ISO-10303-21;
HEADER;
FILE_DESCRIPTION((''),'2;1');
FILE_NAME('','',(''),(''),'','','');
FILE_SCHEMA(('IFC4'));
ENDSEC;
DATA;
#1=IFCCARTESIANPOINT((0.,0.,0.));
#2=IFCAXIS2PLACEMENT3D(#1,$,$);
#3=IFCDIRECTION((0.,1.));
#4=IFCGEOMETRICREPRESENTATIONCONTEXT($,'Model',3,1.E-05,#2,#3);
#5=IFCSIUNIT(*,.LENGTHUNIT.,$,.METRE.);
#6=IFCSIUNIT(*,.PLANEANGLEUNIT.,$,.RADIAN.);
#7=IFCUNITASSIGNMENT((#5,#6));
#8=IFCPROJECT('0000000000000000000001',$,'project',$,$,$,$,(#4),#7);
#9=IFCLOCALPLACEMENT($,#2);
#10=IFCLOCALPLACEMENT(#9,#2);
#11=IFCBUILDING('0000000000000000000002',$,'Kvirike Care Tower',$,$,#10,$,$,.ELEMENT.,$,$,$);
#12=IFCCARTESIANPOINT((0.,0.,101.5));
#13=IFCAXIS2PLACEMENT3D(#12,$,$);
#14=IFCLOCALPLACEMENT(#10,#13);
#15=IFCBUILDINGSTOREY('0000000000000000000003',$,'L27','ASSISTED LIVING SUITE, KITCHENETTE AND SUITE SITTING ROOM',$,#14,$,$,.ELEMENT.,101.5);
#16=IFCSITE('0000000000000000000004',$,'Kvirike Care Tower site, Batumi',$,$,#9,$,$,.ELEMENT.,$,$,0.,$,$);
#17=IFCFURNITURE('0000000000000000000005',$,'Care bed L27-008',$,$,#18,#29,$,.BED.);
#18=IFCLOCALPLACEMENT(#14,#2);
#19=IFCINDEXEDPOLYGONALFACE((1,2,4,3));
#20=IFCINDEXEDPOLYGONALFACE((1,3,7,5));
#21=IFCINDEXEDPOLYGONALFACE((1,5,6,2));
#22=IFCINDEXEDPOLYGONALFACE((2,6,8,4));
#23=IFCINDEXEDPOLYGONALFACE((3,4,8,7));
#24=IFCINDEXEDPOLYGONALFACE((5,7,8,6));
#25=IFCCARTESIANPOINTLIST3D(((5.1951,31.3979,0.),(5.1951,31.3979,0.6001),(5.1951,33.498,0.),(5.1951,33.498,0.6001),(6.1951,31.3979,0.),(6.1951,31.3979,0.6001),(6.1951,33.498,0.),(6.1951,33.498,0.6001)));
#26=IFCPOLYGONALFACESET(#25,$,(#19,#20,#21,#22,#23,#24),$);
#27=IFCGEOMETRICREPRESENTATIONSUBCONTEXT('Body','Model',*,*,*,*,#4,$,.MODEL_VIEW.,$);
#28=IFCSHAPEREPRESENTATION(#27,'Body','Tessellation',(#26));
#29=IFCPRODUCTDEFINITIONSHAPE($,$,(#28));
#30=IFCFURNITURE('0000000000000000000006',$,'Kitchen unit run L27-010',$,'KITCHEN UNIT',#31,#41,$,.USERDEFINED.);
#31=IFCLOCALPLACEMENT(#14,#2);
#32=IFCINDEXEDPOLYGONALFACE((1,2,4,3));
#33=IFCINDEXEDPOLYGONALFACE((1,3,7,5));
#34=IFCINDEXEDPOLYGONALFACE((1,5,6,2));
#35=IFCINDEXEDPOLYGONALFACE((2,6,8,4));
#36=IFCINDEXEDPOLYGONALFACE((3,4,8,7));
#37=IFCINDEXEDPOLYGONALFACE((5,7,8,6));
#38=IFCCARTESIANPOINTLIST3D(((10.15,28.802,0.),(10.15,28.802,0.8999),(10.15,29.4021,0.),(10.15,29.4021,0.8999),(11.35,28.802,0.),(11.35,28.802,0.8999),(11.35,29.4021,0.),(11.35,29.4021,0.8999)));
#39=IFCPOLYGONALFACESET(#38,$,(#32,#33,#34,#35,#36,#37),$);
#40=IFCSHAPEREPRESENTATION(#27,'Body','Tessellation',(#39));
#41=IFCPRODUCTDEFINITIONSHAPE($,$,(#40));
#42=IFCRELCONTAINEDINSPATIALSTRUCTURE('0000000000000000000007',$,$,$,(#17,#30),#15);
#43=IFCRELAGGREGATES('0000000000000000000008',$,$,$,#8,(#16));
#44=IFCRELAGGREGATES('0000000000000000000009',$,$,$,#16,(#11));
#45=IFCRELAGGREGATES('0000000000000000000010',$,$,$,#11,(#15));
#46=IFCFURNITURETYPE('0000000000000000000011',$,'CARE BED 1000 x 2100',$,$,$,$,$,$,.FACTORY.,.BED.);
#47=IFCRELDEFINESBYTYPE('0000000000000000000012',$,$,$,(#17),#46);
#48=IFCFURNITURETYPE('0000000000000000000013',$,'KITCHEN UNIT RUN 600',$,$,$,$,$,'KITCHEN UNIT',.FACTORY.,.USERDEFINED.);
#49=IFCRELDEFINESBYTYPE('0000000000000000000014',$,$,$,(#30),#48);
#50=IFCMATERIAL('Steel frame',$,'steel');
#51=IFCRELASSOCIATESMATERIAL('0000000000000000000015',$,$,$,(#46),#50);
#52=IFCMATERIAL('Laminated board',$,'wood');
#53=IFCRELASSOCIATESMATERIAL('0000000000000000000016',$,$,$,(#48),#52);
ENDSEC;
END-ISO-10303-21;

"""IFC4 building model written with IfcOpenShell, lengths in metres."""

from ifc_helpers import new_model, si_unit, direction, frame, origin, origin_2d, place, context, subcontext, project, spatial, rectangle, extrude, material, type_object, element, save


model = new_model("IFC4")

# Units and contexts
model_context = context("Model", 3, precision=1e-05, world=origin(), true_north=direction((0.0, 1.0)))
body_context = subcontext(model_context, "Body", "Model", "MODEL_VIEW")
ifc_project = project(units=[si_unit("LENGTHUNIT", "METRE"), si_unit("PLANEANGLEUNIT", "RADIAN")], contexts=[model_context])

# Site, building, storey
site_placement = place(None, origin())
site = spatial("IfcSite", under=ifc_project, at=site_placement, Name="Kvirike Care Tower site, Batumi", CompositionType="ELEMENT", RefElevation=0.0)
building_placement = place(site_placement, origin())
building = spatial("IfcBuilding", under=site, at=building_placement, Name="Kvirike Care Tower", CompositionType="ELEMENT")
storey_placement = place(building_placement, frame((0.0, 0.0, 101.5)))
storey = spatial("IfcBuildingStorey", under=building, at=storey_placement, Name="L27", Description="ASSISTED LIVING SUITE, KITCHENETTE AND SUITE SITTING ROOM", CompositionType="ELEMENT", Elevation=101.5)

# Furniture
ifc_material_1 = material(Name="Steel frame", Category="steel")
furniture_type_1 = type_object("IfcFurnitureType", Name="CARE BED 1000 x 2100", AssemblyPlace="FACTORY", PredefinedType="BED", material=ifc_material_1)
furniture_1_placement = place(storey_placement, frame((5.6951, 32.448, 0.0), z_axis=(0.0, 0.0, 1.0), x_axis=(1.0, 0.0, 0.0)))
element("IfcFurniture", 1, at=furniture_1_placement, inside=storey, type_object=furniture_type_1, Name="Care bed L27-008", PredefinedType="BED", context=body_context, shape_type="SweptSolid", body=[
    extrude(rectangle(XDim=1.0, YDim=2.1001, at=origin_2d()), origin(), (0.0, 0.0, 1.0), 0.6001),
])
ifc_material_2 = material(Name="Laminated board", Category="wood")
furniture_type_2 = type_object("IfcFurnitureType", Name="KITCHEN UNIT RUN 600", ElementType="KITCHEN UNIT", AssemblyPlace="FACTORY", PredefinedType="USERDEFINED", material=ifc_material_2)
furniture_2_placement = place(storey_placement, frame((10.75, 29.1021, 0.0), z_axis=(0.0, 0.0, 1.0), x_axis=(-1.0, 0.0, 0.0)))
element("IfcFurniture", 2, at=furniture_2_placement, inside=storey, type_object=furniture_type_2, Name="Kitchen unit run L27-010", ObjectType="KITCHEN UNIT", PredefinedType="USERDEFINED", context=body_context, shape_type="SweptSolid", body=[
    extrude(rectangle(XDim=1.2, YDim=0.6001, at=origin_2d()), origin(), (0.0, 0.0, 1.0), 0.8999),
])

save(model, "model.ifc")
